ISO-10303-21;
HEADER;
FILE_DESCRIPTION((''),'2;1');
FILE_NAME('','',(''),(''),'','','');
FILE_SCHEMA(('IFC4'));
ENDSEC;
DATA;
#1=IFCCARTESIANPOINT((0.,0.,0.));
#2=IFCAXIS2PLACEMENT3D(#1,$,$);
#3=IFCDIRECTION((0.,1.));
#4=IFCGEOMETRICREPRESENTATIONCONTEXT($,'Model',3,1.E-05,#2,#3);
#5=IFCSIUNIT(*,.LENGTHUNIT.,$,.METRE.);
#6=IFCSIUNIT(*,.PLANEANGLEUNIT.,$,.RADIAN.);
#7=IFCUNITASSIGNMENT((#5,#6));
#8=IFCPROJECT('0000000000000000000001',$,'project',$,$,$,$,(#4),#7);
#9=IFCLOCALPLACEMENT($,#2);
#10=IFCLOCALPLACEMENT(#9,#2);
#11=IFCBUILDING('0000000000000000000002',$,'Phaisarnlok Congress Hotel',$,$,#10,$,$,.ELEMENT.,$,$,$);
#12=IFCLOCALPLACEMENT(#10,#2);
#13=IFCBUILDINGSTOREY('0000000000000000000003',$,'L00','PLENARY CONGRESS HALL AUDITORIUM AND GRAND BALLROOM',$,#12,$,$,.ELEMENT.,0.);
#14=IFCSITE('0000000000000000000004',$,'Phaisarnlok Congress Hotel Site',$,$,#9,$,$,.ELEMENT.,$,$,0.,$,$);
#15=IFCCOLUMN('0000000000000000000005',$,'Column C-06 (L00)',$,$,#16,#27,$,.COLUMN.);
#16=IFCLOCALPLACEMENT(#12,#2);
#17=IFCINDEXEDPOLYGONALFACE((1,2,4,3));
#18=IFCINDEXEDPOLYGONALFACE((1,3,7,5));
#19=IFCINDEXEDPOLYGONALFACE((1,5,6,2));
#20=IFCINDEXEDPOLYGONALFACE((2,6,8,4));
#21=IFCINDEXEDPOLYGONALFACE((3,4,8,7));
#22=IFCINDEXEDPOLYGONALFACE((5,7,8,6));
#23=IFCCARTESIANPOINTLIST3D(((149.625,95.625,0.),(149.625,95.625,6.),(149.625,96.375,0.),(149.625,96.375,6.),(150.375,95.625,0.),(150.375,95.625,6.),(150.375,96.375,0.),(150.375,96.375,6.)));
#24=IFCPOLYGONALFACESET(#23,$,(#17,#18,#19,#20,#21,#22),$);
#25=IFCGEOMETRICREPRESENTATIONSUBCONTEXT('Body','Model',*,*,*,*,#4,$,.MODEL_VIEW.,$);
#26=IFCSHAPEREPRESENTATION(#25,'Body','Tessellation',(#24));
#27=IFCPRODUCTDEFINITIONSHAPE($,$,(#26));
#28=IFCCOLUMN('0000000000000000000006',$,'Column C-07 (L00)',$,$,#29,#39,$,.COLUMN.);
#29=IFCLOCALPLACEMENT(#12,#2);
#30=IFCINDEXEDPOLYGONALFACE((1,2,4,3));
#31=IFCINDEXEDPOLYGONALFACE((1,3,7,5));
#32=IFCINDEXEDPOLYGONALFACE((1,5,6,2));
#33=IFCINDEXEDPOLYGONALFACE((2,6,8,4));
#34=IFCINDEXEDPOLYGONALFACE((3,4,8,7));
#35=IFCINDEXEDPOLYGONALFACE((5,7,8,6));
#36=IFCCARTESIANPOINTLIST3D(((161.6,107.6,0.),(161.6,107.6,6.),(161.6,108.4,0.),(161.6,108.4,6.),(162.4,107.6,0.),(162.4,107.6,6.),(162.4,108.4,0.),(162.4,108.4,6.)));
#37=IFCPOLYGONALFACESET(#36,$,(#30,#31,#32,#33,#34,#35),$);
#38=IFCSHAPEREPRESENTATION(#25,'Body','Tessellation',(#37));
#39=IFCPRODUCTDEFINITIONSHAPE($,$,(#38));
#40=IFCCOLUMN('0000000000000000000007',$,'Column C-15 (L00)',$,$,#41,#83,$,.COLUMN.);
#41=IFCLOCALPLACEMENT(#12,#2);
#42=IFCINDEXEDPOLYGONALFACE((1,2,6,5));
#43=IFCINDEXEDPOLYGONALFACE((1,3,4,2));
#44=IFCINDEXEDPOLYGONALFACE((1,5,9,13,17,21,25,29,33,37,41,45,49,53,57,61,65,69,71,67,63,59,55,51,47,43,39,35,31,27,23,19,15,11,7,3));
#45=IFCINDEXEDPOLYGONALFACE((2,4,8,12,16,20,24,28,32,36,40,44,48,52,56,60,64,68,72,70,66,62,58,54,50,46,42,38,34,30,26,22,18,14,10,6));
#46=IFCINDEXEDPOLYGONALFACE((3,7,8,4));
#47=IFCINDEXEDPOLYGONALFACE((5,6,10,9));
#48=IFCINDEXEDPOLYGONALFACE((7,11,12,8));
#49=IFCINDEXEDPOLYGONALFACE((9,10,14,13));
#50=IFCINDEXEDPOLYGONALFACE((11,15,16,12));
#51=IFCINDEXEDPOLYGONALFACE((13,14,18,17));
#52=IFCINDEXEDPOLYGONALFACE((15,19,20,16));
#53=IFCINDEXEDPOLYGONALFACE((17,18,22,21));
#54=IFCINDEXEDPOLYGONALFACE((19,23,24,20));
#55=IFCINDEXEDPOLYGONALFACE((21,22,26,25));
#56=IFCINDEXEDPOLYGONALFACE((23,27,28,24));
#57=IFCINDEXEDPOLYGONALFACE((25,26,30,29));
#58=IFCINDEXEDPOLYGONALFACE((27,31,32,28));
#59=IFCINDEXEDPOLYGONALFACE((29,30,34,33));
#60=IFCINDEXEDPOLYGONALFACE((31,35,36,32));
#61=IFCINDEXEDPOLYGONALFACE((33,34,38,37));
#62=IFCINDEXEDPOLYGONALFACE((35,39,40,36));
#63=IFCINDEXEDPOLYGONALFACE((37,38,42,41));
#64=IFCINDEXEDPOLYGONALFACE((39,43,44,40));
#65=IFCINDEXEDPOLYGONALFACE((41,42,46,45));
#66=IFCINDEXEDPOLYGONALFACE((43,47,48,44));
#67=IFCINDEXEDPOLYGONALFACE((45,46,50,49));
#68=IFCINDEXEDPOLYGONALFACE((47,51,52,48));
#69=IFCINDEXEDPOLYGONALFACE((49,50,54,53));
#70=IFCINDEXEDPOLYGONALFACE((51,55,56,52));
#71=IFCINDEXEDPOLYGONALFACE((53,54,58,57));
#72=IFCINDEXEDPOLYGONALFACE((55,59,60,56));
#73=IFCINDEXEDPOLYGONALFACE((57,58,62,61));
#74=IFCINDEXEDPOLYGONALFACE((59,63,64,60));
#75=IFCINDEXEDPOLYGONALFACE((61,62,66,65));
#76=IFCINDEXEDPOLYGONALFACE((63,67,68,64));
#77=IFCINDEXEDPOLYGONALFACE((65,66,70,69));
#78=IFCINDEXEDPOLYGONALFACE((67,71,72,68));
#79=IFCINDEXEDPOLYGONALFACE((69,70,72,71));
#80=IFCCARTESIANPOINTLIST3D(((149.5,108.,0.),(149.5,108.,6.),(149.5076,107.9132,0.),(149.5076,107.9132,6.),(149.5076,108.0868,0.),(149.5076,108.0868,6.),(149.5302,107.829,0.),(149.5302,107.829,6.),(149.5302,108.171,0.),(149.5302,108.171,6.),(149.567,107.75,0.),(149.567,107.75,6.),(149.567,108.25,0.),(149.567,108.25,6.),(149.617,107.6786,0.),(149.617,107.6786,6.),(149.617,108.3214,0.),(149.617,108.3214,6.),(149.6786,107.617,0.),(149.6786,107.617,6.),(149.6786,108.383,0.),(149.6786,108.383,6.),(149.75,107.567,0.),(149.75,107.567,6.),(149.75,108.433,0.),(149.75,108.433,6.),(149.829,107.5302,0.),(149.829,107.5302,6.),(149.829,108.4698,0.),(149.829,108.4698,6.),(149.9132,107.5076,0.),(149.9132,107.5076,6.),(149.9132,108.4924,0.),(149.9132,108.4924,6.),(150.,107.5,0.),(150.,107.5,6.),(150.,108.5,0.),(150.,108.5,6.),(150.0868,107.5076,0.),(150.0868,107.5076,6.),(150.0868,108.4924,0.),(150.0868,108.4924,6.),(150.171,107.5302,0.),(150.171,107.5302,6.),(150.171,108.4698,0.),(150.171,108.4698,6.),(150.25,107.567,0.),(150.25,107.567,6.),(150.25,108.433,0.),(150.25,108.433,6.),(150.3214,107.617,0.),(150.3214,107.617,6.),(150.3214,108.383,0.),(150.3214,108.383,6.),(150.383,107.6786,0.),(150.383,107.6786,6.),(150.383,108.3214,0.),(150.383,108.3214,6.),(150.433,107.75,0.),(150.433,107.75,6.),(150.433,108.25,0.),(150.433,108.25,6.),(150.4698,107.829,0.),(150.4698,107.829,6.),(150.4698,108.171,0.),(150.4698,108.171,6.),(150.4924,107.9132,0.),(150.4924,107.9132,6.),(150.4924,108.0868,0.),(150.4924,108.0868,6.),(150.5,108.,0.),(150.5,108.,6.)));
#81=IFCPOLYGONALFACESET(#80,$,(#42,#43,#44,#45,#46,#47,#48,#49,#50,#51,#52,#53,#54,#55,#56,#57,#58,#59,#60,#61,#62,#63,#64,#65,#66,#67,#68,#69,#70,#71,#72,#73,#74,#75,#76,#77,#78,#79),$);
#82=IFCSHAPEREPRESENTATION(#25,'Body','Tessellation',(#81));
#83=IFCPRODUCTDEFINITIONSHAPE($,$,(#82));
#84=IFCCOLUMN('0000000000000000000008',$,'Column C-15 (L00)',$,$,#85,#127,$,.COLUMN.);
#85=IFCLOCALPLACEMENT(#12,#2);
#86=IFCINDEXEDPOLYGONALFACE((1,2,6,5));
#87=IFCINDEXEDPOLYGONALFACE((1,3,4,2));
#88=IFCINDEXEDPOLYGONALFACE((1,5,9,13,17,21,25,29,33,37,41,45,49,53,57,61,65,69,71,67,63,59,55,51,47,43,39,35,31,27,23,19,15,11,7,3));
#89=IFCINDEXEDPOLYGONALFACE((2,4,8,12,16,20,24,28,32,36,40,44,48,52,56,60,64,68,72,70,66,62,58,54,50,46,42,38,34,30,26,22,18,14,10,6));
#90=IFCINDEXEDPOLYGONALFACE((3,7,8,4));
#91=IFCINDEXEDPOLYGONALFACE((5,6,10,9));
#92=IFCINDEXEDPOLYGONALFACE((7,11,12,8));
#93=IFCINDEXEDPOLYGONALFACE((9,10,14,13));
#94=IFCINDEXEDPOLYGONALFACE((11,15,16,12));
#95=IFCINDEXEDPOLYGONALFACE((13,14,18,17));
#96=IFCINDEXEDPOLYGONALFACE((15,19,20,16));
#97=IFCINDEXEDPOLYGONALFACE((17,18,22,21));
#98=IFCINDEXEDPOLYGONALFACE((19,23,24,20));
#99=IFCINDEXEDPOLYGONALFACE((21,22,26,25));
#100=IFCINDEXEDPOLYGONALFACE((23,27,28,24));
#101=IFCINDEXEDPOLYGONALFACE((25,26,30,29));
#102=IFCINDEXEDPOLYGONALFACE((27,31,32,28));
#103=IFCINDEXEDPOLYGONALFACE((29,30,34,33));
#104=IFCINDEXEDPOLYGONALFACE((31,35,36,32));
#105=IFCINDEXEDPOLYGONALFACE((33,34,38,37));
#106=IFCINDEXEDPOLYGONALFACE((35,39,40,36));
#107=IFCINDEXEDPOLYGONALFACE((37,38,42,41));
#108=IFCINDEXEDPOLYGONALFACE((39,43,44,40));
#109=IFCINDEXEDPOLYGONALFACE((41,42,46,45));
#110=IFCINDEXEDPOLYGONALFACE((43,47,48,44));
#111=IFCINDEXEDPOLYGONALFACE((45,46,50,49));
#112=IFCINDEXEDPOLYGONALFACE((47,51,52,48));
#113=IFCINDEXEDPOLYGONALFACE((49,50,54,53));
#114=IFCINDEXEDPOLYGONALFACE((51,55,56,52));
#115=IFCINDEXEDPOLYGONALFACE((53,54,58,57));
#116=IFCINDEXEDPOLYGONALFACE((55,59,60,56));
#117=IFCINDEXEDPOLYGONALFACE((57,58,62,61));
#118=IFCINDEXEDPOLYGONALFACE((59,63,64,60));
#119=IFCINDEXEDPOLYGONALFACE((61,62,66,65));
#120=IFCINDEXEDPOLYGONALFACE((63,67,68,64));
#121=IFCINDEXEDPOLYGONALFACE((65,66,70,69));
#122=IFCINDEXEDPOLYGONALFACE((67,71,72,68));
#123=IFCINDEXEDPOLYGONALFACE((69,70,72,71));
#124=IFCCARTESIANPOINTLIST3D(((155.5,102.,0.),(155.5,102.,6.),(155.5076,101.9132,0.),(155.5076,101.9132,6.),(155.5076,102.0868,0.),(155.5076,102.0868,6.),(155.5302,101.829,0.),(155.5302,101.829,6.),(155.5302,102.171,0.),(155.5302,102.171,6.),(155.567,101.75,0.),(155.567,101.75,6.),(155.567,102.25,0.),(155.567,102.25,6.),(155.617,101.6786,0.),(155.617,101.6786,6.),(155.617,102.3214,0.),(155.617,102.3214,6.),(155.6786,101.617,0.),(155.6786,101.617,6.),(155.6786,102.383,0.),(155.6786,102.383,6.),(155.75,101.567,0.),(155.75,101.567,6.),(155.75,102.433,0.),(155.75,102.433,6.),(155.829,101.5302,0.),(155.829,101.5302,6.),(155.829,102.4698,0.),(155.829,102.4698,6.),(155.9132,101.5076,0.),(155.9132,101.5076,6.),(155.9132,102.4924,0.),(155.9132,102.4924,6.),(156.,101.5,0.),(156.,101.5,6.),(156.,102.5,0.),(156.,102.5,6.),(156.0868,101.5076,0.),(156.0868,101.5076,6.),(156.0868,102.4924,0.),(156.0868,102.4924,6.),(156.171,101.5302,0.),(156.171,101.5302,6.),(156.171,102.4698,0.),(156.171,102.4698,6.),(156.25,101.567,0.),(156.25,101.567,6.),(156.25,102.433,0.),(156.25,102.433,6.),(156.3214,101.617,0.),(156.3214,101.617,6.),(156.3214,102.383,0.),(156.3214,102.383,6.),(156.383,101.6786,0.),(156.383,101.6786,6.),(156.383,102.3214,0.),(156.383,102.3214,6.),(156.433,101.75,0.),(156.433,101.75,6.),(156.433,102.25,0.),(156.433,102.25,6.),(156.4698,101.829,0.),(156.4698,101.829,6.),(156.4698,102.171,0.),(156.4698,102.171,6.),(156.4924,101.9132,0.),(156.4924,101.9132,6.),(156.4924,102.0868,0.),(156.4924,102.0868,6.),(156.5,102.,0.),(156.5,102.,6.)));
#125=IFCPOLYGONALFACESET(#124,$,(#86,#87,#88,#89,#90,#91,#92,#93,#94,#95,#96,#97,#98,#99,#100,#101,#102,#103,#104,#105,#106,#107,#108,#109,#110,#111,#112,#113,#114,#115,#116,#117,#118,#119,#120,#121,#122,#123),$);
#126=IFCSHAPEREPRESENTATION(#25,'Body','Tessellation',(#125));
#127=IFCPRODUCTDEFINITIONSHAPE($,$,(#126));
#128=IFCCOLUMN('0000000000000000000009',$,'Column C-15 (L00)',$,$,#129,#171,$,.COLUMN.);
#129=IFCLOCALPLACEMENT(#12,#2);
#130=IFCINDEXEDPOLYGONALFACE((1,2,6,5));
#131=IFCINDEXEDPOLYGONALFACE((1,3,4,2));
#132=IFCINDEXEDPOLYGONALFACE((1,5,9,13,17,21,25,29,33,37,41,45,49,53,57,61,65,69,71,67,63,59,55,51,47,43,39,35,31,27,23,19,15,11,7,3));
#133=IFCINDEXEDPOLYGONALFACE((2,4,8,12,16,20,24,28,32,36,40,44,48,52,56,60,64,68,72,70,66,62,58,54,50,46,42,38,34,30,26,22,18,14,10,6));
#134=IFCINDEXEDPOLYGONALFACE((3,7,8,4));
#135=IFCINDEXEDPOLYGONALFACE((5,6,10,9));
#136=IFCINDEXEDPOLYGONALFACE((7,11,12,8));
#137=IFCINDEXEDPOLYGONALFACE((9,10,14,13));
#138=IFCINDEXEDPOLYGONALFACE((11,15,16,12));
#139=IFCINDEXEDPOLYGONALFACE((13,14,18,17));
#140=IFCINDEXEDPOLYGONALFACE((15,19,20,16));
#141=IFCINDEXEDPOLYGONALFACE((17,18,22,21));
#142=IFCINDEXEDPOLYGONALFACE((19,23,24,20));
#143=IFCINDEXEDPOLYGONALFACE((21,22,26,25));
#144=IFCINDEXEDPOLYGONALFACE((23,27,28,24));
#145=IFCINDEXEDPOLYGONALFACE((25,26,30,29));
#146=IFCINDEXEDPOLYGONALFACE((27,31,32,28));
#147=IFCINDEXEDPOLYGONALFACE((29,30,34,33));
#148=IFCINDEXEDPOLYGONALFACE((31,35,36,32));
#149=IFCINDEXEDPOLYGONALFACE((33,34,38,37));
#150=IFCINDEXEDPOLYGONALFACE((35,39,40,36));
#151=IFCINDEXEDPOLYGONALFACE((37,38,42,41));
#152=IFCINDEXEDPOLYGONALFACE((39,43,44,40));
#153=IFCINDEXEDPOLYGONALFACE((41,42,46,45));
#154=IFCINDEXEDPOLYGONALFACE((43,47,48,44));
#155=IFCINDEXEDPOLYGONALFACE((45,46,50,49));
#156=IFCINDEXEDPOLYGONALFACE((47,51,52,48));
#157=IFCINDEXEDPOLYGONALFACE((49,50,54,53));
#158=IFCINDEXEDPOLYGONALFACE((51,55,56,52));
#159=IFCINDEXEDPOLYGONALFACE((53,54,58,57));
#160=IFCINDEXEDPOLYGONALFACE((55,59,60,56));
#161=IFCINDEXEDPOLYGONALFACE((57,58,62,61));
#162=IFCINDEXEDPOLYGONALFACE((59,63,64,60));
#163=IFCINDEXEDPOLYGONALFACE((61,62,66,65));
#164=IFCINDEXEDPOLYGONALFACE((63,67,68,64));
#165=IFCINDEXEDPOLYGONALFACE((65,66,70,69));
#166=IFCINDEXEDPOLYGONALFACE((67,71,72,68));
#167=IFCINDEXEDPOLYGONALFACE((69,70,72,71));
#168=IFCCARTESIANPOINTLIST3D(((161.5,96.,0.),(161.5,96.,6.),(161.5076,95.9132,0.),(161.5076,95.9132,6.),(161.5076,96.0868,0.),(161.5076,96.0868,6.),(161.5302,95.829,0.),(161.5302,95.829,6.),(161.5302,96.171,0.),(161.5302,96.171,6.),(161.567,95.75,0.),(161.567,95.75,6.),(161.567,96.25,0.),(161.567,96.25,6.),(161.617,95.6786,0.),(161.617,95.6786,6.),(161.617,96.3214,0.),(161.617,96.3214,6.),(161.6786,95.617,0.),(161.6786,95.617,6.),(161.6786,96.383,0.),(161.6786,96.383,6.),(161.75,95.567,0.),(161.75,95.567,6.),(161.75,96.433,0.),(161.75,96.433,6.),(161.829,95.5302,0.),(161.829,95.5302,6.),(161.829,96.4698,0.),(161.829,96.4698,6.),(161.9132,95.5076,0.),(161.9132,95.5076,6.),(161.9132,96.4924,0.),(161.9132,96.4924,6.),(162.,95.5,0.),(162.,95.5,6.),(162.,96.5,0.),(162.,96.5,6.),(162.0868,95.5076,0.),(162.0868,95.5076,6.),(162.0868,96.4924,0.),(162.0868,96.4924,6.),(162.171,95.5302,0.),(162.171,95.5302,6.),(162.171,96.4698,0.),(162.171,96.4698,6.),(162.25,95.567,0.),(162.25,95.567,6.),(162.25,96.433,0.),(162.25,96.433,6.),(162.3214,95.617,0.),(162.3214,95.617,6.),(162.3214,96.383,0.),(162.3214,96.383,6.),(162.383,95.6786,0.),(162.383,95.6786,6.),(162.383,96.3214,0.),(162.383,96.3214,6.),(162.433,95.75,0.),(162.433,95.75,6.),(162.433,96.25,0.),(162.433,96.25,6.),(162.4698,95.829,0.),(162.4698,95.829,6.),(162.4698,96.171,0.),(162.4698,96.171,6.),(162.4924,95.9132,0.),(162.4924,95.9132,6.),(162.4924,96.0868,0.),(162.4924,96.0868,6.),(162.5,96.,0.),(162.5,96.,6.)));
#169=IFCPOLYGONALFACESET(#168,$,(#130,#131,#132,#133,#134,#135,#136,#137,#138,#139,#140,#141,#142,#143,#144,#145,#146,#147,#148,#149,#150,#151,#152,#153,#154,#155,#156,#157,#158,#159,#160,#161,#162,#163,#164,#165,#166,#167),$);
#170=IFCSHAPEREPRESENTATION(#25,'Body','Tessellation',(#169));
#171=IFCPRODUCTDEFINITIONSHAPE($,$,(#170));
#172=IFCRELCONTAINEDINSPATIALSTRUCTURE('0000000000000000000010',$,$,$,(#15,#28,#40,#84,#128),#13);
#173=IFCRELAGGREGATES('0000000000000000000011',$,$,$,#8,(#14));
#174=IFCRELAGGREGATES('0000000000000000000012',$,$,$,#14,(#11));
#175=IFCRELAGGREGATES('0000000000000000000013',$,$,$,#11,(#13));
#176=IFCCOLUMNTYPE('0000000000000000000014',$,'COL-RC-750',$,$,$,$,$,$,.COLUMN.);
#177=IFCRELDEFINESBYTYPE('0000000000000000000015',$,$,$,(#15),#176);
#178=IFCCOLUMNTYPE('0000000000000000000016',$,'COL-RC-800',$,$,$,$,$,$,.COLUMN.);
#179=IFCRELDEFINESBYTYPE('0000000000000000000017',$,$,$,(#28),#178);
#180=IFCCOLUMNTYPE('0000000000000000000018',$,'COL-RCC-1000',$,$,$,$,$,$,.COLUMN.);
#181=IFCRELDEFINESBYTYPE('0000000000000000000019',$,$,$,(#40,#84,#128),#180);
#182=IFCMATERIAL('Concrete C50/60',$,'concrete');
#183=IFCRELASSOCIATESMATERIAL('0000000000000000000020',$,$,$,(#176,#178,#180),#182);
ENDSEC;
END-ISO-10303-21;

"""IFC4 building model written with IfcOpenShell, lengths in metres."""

from ifc_helpers import new_model, si_unit, direction, frame, origin, origin_2d, place, context, subcontext, project, spatial, rectangle, circle, extrude, material, material_profile, profile_set, type_object, element, save


model = new_model("IFC4")

# Units and contexts
model_context = context("Model", 3, precision=1e-05, world=origin(), true_north=direction((0.0, 1.0)))
body_context = subcontext(model_context, "Body", "Model", "MODEL_VIEW")
ifc_project = project(units=[si_unit("LENGTHUNIT", "METRE"), si_unit("PLANEANGLEUNIT", "RADIAN")], contexts=[model_context])

# Site, building, storey
site_placement = place(None, origin())
site = spatial("IfcSite", under=ifc_project, at=site_placement, Name="Phaisarnlok Congress Hotel Site", CompositionType="ELEMENT", RefElevation=0.0)
building_placement = place(site_placement, origin())
building = spatial("IfcBuilding", under=site, at=building_placement, Name="Phaisarnlok Congress Hotel", CompositionType="ELEMENT")
storey_placement = place(building_placement, origin())
storey = spatial("IfcBuildingStorey", under=building, at=storey_placement, Name="L00", Description="PLENARY CONGRESS HALL AUDITORIUM AND GRAND BALLROOM", CompositionType="ELEMENT", Elevation=0.0)

# Columns
ifc_material_1 = material(Name="Concrete C50/60", Category="concrete")
ifc_material_profile_1 = material_profile(ifc_material_1, rectangle(XDim=0.75, YDim=0.75, at=origin_2d()), Name="RC 750x750")
ifc_profile_set_1 = profile_set([ifc_material_profile_1], Name="Concrete C50/60")
column_type_1 = type_object("IfcColumnType", Name="COL-RC-750", PredefinedType="COLUMN", material=ifc_profile_set_1)
column_1_placement = place(storey_placement, frame((150.0, 96.0, 0.0), z_axis=(0.0, 0.0, 1.0), x_axis=(1.0, 0.0, 0.0)))
element("IfcColumn", 1, at=column_1_placement, inside=storey, type_object=column_type_1, Name="Column C-06 (L00)", PredefinedType="COLUMN", context=body_context, shape_type="SweptSolid", body=[
    extrude(rectangle(XDim=0.75, YDim=0.75, at=origin_2d()), origin(), (0.0, 0.0, 1.0), 6.0),
])
ifc_material_profile_2 = material_profile(ifc_material_1, rectangle(XDim=0.8, YDim=0.8, at=origin_2d()), Name="RC 800x800")
ifc_profile_set_2 = profile_set([ifc_material_profile_2], Name="Concrete C50/60")
column_type_2 = type_object("IfcColumnType", Name="COL-RC-800", PredefinedType="COLUMN", material=ifc_profile_set_2)
column_2_placement = place(storey_placement, frame((162.0, 108.0, 0.0), z_axis=(0.0, 0.0, 1.0), x_axis=(1.0, 0.0, 0.0)))
element("IfcColumn", 2, at=column_2_placement, inside=storey, type_object=column_type_2, Name="Column C-07 (L00)", PredefinedType="COLUMN", context=body_context, shape_type="SweptSolid", body=[
    extrude(rectangle(XDim=0.8, YDim=0.8, at=origin_2d()), origin(), (0.0, 0.0, 1.0), 6.0),
])
ifc_material_profile_3 = material_profile(ifc_material_1, circle(Radius=0.5, at=origin_2d()), Name="RCC D1000")
ifc_profile_set_3 = profile_set([ifc_material_profile_3], Name="Concrete C50/60")
column_type_3 = type_object("IfcColumnType", Name="COL-RCC-1000", PredefinedType="COLUMN", material=ifc_profile_set_3)
for number, where, z_axis, x_axis, name in (
    (3, (150.0, 108.0, 0.0), (0.0, 0.0, 1.0), (1.0, 0.0, 0.0), "Column C-15 (L00)"),
    (4, (156.0, 102.0, 0.0), (0.0, 0.0, 1.0), (1.0, 0.0, 0.0), "Column C-15 (L00)"),
    (5, (162.0, 96.0, 0.0), (0.0, 0.0, 1.0), (1.0, 0.0, 0.0), "Column C-15 (L00)"),
):
    element("IfcColumn", number, at=place(storey_placement, frame(where, z_axis=z_axis, x_axis=x_axis)), inside=storey, type_object=column_type_3, Name=name, PredefinedType="COLUMN", context=body_context, shape_type="SweptSolid", body=[
        extrude(circle(Radius=0.5, at=origin_2d()), origin(), (0.0, 0.0, 1.0), 6.0),
    ])

save(model, "model.ifc")
